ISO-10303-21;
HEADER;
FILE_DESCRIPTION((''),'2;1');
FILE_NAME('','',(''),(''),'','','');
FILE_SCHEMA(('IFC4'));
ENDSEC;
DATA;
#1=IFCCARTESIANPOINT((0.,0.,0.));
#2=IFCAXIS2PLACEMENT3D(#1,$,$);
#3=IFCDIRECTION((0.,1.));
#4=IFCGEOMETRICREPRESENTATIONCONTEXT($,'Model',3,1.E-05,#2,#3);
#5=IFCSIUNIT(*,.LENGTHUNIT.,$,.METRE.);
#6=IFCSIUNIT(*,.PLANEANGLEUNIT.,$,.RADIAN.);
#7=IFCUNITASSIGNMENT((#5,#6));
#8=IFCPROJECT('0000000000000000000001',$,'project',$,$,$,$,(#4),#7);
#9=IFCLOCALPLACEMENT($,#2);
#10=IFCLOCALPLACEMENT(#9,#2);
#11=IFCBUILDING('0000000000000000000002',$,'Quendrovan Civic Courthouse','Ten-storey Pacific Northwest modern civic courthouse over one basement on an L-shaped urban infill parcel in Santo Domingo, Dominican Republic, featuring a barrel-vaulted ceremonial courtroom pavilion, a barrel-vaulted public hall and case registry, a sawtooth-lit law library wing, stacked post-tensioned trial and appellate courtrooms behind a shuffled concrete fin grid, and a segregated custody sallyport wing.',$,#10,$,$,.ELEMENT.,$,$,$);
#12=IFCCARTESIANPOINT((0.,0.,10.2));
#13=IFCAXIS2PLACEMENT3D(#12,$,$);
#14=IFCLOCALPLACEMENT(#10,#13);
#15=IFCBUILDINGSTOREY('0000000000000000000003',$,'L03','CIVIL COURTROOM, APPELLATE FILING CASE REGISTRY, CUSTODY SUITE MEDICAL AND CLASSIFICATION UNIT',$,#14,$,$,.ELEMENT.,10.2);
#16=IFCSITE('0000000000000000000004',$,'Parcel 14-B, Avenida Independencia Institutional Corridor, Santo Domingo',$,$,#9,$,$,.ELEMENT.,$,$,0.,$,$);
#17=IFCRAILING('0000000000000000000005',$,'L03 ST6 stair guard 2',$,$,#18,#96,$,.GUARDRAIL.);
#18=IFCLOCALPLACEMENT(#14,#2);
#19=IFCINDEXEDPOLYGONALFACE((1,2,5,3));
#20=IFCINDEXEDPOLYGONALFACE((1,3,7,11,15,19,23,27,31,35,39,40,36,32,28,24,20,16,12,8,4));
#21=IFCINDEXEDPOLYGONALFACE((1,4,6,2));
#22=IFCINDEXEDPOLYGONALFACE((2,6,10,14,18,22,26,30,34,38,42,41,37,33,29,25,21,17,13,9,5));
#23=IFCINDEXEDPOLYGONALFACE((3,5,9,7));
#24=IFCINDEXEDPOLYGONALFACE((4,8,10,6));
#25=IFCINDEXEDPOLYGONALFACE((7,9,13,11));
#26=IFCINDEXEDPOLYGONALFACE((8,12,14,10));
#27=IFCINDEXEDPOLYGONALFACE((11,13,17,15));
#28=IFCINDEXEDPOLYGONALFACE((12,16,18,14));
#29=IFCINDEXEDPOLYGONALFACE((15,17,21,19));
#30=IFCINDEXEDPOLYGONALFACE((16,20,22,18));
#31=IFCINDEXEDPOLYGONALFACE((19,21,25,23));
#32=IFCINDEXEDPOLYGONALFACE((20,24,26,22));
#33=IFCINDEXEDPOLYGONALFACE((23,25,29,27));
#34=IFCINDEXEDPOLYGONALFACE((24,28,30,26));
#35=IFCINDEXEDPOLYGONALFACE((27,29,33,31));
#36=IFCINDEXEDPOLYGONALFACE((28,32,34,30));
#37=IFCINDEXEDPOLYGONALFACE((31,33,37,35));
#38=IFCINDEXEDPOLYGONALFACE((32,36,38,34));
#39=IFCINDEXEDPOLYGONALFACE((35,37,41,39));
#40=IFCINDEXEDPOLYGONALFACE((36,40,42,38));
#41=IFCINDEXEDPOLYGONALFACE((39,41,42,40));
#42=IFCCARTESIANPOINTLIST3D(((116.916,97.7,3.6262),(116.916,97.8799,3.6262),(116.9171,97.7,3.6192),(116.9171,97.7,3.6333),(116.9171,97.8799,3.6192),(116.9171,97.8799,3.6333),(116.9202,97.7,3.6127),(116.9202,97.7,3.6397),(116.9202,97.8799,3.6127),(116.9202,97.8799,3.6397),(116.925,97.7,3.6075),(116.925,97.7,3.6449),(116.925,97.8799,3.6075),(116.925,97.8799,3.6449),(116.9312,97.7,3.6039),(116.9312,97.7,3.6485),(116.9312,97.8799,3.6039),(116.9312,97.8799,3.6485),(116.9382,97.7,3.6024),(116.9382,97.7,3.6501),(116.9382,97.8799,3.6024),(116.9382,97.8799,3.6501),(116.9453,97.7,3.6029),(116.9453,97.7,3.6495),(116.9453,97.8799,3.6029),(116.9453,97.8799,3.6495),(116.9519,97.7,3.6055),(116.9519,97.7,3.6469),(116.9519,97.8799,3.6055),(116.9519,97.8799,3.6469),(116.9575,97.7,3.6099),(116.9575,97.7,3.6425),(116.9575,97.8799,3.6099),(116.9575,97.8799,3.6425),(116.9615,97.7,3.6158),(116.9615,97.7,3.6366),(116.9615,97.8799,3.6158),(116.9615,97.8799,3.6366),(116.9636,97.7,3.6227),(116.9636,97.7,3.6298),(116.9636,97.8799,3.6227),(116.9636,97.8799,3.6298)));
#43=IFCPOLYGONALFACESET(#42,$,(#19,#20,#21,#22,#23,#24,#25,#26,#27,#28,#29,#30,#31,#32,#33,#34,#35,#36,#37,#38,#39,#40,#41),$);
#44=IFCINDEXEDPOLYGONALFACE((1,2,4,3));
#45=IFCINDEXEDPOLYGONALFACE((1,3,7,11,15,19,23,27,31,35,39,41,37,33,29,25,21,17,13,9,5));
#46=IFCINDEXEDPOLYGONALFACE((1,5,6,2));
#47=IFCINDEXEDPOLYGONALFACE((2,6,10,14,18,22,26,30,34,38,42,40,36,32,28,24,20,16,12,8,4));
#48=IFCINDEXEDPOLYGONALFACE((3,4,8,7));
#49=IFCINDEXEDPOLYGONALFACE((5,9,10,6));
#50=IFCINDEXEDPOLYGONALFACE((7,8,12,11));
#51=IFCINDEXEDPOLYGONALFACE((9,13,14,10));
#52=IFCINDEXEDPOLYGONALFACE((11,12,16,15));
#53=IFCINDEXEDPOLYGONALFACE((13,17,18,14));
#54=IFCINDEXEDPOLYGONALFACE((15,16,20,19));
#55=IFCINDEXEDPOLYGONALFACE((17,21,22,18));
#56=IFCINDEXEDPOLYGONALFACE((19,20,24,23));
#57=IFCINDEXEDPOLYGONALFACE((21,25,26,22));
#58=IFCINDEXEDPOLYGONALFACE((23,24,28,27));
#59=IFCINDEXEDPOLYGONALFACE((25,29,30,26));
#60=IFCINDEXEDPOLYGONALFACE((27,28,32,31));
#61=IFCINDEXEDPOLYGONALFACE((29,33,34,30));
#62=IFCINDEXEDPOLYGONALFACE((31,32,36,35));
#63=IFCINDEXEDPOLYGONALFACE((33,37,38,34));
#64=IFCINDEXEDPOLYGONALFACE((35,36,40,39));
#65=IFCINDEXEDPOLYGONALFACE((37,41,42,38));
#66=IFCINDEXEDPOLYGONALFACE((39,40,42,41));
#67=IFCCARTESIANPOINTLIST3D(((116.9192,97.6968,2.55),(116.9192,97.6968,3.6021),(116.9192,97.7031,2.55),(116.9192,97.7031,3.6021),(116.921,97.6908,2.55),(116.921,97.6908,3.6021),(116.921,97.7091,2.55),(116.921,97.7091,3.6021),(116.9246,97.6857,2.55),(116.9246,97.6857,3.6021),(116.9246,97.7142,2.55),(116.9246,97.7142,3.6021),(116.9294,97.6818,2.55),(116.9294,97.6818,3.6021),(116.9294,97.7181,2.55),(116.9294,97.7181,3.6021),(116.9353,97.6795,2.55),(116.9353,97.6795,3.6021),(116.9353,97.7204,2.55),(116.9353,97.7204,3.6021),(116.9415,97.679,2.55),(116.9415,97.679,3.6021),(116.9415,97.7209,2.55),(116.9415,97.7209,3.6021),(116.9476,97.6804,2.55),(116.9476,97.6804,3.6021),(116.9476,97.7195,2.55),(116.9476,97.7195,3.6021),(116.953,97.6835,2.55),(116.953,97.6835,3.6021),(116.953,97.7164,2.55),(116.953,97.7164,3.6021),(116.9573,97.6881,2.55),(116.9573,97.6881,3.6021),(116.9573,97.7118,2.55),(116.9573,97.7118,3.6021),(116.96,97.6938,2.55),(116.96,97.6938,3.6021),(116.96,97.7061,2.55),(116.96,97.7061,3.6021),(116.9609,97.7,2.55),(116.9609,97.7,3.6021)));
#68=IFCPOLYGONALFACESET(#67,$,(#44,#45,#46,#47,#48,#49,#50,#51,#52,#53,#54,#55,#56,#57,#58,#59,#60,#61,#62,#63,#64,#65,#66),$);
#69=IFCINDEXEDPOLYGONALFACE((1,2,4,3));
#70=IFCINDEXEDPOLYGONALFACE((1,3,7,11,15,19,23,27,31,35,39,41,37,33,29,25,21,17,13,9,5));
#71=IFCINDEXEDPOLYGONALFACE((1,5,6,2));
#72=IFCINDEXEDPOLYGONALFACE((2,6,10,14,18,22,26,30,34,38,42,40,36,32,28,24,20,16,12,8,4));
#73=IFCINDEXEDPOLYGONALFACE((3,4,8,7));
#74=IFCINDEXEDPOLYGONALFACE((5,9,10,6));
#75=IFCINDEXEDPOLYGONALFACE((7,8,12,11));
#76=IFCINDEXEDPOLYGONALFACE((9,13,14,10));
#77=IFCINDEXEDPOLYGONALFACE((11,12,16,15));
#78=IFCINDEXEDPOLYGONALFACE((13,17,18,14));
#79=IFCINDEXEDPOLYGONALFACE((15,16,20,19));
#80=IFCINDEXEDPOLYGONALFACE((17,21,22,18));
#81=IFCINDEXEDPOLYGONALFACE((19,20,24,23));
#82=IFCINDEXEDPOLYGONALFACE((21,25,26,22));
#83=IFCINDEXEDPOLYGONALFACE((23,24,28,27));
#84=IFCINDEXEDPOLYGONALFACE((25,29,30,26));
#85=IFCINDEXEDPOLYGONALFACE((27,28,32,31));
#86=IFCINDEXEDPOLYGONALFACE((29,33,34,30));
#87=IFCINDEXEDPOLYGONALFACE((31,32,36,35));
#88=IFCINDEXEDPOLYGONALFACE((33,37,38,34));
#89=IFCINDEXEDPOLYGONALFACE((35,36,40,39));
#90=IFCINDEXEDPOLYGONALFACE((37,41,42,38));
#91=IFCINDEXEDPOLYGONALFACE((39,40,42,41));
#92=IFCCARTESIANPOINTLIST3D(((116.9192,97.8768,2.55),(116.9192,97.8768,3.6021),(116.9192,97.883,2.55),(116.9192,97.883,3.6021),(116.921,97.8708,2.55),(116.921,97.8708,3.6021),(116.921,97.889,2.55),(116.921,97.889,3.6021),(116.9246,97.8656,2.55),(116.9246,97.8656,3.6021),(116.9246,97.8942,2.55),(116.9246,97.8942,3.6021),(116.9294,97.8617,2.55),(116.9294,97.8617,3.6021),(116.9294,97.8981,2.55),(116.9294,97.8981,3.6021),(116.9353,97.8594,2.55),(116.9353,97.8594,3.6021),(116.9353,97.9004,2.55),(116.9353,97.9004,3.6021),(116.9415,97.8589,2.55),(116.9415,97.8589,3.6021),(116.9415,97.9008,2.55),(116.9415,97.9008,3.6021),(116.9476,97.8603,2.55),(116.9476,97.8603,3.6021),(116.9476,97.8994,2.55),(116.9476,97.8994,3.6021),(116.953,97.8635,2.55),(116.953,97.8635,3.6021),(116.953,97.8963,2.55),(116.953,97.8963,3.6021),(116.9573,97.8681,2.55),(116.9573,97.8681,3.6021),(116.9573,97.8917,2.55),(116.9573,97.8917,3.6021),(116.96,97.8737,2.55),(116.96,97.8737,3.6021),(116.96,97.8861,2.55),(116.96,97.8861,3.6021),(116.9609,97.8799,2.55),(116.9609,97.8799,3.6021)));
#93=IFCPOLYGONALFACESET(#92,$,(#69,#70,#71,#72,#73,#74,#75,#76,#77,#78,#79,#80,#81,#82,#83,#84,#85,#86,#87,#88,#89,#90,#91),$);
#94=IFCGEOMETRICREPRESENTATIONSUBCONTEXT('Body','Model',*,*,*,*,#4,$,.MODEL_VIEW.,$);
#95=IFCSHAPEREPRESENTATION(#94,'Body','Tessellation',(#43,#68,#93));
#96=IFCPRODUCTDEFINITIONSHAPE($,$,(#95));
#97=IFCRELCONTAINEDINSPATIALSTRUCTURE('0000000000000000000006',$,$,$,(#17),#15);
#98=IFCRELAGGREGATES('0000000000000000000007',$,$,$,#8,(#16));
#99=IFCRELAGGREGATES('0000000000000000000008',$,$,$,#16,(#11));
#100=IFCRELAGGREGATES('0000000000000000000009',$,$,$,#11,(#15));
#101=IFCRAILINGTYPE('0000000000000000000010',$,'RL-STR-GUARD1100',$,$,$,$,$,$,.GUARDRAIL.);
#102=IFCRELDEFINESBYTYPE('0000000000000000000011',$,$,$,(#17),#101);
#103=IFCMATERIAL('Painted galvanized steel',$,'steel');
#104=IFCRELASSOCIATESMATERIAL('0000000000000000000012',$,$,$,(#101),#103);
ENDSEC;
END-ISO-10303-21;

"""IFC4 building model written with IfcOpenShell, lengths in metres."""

from ifc_helpers import new_model, si_unit, direction, frame, origin, origin_2d, place, context, subcontext, project, spatial, circle, extrude, material, type_object, element, save


model = new_model("IFC4")

# Units and contexts
model_context = context("Model", 3, precision=1e-05, world=origin(), true_north=direction((0.0, 1.0)))
body_context = subcontext(model_context, "Body", "Model", "MODEL_VIEW")
ifc_project = project(units=[si_unit("LENGTHUNIT", "METRE"), si_unit("PLANEANGLEUNIT", "RADIAN")], contexts=[model_context])

# Site, building, storey
site_placement = place(None, origin())
site = spatial("IfcSite", under=ifc_project, at=site_placement, Name="Parcel 14-B, Avenida Independencia Institutional Corridor, Santo Domingo", CompositionType="ELEMENT", RefElevation=0.0)
building_placement = place(site_placement, origin())
building = spatial("IfcBuilding", under=site, at=building_placement, Name="Quendrovan Civic Courthouse", Description="Ten-storey Pacific Northwest modern civic courthouse over one basement on an L-shaped urban infill parcel in Santo Domingo, Dominican Republic, featuring a barrel-vaulted ceremonial courtroom pavilion, a barrel-vaulted public hall and case registry, a sawtooth-lit law library wing, stacked post-tensioned trial and appellate courtrooms behind a shuffled concrete fin grid, and a segregated custody sallyport wing.", CompositionType="ELEMENT")
storey_placement = place(building_placement, frame((0.0, 0.0, 10.2)))
storey = spatial("IfcBuildingStorey", under=building, at=storey_placement, Name="L03", Description="CIVIL COURTROOM, APPELLATE FILING CASE REGISTRY, CUSTODY SUITE MEDICAL AND CLASSIFICATION UNIT", CompositionType="ELEMENT", Elevation=10.2)

# Railing
ifc_material_1 = material(Name="Painted galvanized steel", Category="steel")
railing_type_1 = type_object("IfcRailingType", Name="RL-STR-GUARD1100", PredefinedType="GUARDRAIL", material=ifc_material_1)
railing_1_placement = place(storey_placement, frame((116.9399, 97.7, 2.55)))
element("IfcRailing", 1, at=railing_1_placement, inside=storey, type_object=railing_type_1, Name="L03 ST6 stair guard 2", PredefinedType="GUARDRAIL", context=body_context, shape_type="SweptSolid", body=[
    extrude(circle(Radius=0.0239, at=origin_2d()), frame((0.0, 0.0, 1.0762), z_axis=(0.0, 1.0, 0.0), x_axis=(-1.0, 0.0, 0.0)), (0.0, 0.0, 1.0), 0.1799),
    extrude(circle(Radius=0.021, at=origin_2d()), origin(), (0.0, 0.0, 1.0), 1.052),
    extrude(circle(Radius=0.021, at=origin_2d()), frame((0.0, 0.1799, 0.0)), (0.0, 0.0, 1.0), 1.052),
])

save(model, "model.ifc")
